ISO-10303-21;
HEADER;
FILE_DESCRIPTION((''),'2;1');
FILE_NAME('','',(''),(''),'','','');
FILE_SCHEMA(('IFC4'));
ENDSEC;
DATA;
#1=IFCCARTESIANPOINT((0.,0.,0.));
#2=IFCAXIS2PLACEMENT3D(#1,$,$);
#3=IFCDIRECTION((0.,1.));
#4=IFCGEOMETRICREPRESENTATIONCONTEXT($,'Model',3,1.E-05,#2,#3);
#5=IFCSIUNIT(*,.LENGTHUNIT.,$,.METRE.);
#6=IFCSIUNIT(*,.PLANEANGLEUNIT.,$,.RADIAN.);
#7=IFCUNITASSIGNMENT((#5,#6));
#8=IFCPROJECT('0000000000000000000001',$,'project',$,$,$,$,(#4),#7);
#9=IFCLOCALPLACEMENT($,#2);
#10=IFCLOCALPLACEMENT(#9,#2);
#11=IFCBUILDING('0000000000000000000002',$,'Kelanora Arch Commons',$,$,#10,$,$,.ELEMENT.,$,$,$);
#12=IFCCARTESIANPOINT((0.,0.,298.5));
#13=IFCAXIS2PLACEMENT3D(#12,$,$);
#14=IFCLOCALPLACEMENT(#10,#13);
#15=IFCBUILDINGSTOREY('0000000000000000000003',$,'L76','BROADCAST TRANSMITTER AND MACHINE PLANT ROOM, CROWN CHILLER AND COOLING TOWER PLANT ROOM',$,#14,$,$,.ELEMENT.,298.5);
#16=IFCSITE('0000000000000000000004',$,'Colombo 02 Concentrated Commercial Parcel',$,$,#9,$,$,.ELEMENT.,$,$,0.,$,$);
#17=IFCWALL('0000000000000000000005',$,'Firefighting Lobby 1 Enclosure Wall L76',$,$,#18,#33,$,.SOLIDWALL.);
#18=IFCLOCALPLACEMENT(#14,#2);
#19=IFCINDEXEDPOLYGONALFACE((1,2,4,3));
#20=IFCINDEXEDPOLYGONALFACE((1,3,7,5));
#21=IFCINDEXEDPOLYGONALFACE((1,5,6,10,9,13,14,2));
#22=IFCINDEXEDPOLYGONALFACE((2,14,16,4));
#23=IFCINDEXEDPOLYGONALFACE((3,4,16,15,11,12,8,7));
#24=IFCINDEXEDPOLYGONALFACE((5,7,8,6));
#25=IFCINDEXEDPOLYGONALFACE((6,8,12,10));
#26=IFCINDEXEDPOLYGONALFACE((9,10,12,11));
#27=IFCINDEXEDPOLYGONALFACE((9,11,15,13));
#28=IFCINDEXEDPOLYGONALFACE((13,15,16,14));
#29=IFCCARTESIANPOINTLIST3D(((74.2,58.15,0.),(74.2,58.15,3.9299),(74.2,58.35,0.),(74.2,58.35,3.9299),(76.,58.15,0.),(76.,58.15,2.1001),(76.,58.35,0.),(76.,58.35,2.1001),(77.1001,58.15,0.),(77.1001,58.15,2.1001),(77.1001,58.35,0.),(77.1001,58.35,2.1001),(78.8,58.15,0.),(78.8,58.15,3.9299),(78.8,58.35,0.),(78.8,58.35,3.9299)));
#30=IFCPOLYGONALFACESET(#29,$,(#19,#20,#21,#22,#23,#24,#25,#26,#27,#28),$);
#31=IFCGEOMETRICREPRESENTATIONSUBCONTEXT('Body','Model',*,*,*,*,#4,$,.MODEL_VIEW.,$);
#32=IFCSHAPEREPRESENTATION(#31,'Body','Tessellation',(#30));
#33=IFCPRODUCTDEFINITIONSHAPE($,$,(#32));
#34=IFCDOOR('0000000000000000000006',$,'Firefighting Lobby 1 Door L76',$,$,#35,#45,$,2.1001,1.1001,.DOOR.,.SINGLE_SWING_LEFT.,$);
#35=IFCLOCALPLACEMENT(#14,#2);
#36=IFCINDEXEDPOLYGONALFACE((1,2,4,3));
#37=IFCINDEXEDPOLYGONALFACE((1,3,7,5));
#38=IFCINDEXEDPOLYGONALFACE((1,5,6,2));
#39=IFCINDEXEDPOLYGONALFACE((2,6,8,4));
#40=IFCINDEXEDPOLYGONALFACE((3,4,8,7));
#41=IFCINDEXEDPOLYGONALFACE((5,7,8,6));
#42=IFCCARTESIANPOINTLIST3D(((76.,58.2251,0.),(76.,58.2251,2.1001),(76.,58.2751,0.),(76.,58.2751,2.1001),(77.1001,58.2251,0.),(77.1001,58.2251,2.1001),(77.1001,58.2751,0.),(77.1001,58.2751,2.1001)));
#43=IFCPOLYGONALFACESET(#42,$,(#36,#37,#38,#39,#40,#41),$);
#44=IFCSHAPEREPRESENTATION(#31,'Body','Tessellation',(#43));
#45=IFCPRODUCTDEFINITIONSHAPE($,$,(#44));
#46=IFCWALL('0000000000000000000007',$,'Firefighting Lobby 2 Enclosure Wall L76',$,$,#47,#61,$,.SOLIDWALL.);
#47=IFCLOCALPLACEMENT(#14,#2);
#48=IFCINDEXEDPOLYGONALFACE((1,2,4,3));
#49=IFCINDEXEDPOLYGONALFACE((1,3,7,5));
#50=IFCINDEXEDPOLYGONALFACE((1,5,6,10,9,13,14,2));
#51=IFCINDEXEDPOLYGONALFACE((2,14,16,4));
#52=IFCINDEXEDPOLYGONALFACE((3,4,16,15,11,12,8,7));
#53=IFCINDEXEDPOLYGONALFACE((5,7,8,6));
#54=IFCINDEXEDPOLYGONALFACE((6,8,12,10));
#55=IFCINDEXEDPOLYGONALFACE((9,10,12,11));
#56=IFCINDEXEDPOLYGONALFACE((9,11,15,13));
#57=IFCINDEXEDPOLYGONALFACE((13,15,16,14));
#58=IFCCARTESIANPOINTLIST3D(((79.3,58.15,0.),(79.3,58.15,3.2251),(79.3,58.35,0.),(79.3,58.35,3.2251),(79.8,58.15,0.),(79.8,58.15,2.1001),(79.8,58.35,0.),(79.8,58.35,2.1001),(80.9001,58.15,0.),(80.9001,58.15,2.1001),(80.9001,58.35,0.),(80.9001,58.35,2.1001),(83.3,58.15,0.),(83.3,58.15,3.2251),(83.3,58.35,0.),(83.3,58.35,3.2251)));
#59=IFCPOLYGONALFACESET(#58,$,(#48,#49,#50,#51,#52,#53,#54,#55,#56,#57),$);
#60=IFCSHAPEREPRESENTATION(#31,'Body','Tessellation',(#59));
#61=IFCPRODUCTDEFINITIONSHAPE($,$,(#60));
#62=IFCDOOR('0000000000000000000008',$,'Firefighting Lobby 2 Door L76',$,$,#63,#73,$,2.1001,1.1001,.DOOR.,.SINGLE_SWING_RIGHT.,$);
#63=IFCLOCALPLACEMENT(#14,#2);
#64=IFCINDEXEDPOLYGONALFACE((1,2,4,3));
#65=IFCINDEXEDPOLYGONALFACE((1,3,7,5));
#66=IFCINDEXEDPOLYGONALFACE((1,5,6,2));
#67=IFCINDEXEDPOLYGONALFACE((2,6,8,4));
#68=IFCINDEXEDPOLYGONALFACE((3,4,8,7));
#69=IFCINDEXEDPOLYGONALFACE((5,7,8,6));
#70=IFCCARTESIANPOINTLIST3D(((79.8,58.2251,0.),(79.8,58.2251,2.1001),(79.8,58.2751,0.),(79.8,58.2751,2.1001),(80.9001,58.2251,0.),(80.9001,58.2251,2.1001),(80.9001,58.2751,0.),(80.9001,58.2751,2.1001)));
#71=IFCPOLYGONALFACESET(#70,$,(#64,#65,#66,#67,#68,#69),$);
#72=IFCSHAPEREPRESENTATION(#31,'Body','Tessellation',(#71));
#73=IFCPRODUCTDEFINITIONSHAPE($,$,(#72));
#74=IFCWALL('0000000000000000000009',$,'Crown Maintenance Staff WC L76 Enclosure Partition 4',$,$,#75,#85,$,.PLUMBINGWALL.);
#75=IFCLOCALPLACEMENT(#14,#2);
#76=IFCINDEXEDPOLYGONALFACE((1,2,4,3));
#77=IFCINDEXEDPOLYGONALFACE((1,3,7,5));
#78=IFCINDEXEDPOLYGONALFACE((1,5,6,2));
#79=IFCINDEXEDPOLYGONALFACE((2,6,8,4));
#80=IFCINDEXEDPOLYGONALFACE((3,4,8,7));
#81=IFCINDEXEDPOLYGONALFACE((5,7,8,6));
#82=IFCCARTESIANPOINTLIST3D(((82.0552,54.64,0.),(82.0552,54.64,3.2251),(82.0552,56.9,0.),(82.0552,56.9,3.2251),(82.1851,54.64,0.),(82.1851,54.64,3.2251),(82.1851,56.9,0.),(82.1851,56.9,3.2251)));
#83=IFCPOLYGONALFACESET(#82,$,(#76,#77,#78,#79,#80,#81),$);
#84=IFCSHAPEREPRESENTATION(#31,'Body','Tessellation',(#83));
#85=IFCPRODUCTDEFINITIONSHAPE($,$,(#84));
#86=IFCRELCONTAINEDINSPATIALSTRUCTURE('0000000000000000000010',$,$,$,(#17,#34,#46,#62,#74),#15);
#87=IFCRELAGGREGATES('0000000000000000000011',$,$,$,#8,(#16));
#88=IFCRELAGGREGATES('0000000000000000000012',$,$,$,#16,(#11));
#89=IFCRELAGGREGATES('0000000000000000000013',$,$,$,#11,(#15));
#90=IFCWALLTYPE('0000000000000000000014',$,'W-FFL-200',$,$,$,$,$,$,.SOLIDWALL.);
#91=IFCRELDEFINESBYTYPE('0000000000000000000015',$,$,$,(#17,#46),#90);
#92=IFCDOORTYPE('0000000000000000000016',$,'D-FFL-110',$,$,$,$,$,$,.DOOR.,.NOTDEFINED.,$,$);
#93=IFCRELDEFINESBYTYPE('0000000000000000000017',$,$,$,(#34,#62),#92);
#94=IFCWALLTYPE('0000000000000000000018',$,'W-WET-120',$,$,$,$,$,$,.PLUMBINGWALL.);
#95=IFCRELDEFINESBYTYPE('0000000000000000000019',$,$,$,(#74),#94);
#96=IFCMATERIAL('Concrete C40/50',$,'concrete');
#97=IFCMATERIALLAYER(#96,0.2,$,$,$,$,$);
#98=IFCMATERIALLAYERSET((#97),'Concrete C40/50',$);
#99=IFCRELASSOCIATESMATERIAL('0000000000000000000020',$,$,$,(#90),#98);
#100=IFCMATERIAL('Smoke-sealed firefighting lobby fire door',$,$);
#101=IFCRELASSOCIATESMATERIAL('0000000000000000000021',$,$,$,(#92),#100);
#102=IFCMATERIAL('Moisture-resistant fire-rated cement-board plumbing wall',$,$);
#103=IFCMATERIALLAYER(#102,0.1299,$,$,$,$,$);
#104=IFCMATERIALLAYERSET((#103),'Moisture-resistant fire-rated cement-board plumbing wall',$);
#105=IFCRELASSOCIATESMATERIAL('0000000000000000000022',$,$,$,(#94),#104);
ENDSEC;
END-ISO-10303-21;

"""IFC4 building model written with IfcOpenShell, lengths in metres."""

from ifc_helpers import new_model, si_unit, direction, frame, frame_2d, origin, place, context, subcontext, project, spatial, rectangle, extrude, material, layer, layer_set, type_object, element, fill, save


model = new_model("IFC4")

# Units and contexts
model_context = context("Model", 3, precision=1e-05, world=origin(), true_north=direction((0.0, 1.0)))
body_context = subcontext(model_context, "Body", "Model", "MODEL_VIEW")
ifc_project = project(units=[si_unit("LENGTHUNIT", "METRE"), si_unit("PLANEANGLEUNIT", "RADIAN")], contexts=[model_context])

# Site, building, storey
site_placement = place(None, origin())
site = spatial("IfcSite", under=ifc_project, at=site_placement, Name="Colombo 02 Concentrated Commercial Parcel", CompositionType="ELEMENT", RefElevation=0.0)
building_placement = place(site_placement, origin())
building = spatial("IfcBuilding", under=site, at=building_placement, Name="Kelanora Arch Commons", CompositionType="ELEMENT")
storey_placement = place(building_placement, frame((0.0, 0.0, 298.5)))
storey = spatial("IfcBuildingStorey", under=building, at=storey_placement, Name="L76", Description="BROADCAST TRANSMITTER AND MACHINE PLANT ROOM, CROWN CHILLER AND COOLING TOWER PLANT ROOM", CompositionType="ELEMENT", Elevation=298.5)

# Walls, openings, doors
ifc_material_1 = material(Name="Concrete C40/50", Category="concrete")
ifc_layer_1 = layer(ifc_material_1, 0.2)
ifc_layer_set_1 = layer_set([ifc_layer_1], Name="Concrete C40/50")
wall_type_1 = type_object("IfcWallType", Name="W-FFL-200", PredefinedType="SOLIDWALL", material=ifc_layer_set_1)
wall_1_placement = place(storey_placement, frame((74.2, 58.25, 0.0), z_axis=(0.0, 0.0, 1.0), x_axis=(1.0, 0.0, 0.0)))
wall_1 = element("IfcWall", 1, at=wall_1_placement, inside=storey, type_object=wall_type_1, Name="Firefighting Lobby 1 Enclosure Wall L76", PredefinedType="SOLIDWALL", context=body_context, shape_type="SweptSolid", body=[
    extrude(rectangle(XDim=4.6001, YDim=0.2, at=frame_2d((2.3, 0.0))), origin(), (0.0, 0.0, 1.0), 3.9299),
])
opening_1_placement = place(wall_1_placement, frame((1.8, 0.0, 0.0)))
opening_1 = element("IfcOpeningElement", 2, at=opening_1_placement, cuts=wall_1, PredefinedType="OPENING", context=body_context, shape_type="SweptSolid", body=[
    extrude(rectangle(XDim=1.1001, YDim=2.1001, at=frame_2d((0.55, 1.05))), frame((0.0, 0.1099, 0.0), z_axis=(0.0, -1.0, 0.0), x_axis=(1.0, 0.0, 0.0)), (0.0, 0.0, 1.0), 0.22),
])
ifc_material_2 = material(Name="Smoke-sealed firefighting lobby fire door")
door_type_1 = type_object("IfcDoorType", Name="D-FFL-110", OperationType="NOTDEFINED", PredefinedType="DOOR", material=ifc_material_2)
door_1_placement = place(opening_1_placement, frame((1.1001, 0.0, 0.0), z_axis=(0.0, 0.0, 1.0), x_axis=(-1.0, 0.0, 0.0)))
door_1 = element("IfcDoor", 3, at=door_1_placement, inside=storey, type_object=door_type_1, Name="Firefighting Lobby 1 Door L76", OperationType="SINGLE_SWING_LEFT", OverallHeight=2.1001, OverallWidth=1.1001, PredefinedType="DOOR", context=body_context, shape_type="SweptSolid", body=[
    extrude(rectangle(XDim=1.1001, YDim=2.1001, at=frame_2d((0.55, 1.05))), frame((0.0, 0.0249, 0.0), z_axis=(0.0, -1.0, 0.0), x_axis=(1.0, 0.0, 0.0)), (0.0, 0.0, 1.0), 0.05),
])
fill(opening_1, door_1)
wall_2_placement = place(storey_placement, frame((79.3, 58.25, 0.0), z_axis=(0.0, 0.0, 1.0), x_axis=(1.0, 0.0, 0.0)))
wall_2 = element("IfcWall", 4, at=wall_2_placement, inside=storey, type_object=wall_type_1, Name="Firefighting Lobby 2 Enclosure Wall L76", PredefinedType="SOLIDWALL", context=body_context, shape_type="SweptSolid", body=[
    extrude(rectangle(XDim=4.0, YDim=0.2, at=frame_2d((2.0, 0.0))), origin(), (0.0, 0.0, 1.0), 3.2251),
])
opening_2_placement = place(wall_2_placement, frame((0.5, 0.0, 0.0)))
opening_2 = element("IfcOpeningElement", 5, at=opening_2_placement, cuts=wall_2, PredefinedType="OPENING", context=body_context, shape_type="SweptSolid", body=[
    extrude(rectangle(XDim=1.1001, YDim=2.1001, at=frame_2d((0.55, 1.05))), frame((0.0, 0.1099, 0.0), z_axis=(0.0, -1.0, 0.0), x_axis=(1.0, 0.0, 0.0)), (0.0, 0.0, 1.0), 0.22),
])
door_2_placement = place(opening_2_placement, frame((1.1001, 0.0, 0.0), z_axis=(0.0, 0.0, 1.0), x_axis=(-1.0, 0.0, 0.0)))
door_2 = element("IfcDoor", 6, at=door_2_placement, inside=storey, type_object=door_type_1, Name="Firefighting Lobby 2 Door L76", OperationType="SINGLE_SWING_RIGHT", OverallHeight=2.1001, OverallWidth=1.1001, PredefinedType="DOOR", context=body_context, shape_type="SweptSolid", body=[
    extrude(rectangle(XDim=1.1001, YDim=2.1001, at=frame_2d((0.55, 1.05))), frame((0.0, 0.0249, 0.0), z_axis=(0.0, -1.0, 0.0), x_axis=(1.0, 0.0, 0.0)), (0.0, 0.0, 1.0), 0.05),
])
fill(opening_2, door_2)

# Wall
ifc_material_3 = material(Name="Moisture-resistant fire-rated cement-board plumbing wall")
ifc_layer_2 = layer(ifc_material_3, 0.1299)
ifc_layer_set_2 = layer_set([ifc_layer_2], Name="Moisture-resistant fire-rated cement-board plumbing wall")
wall_type_2 = type_object("IfcWallType", Name="W-WET-120", PredefinedType="PLUMBINGWALL", material=ifc_layer_set_2)
wall_3_placement = place(storey_placement, frame((82.1201, 56.8999, 0.0), z_axis=(0.0, 0.0, 1.0), x_axis=(0.0, -1.0, 0.0)))
element("IfcWall", 7, at=wall_3_placement, inside=storey, type_object=wall_type_2, Name="Crown Maintenance Staff WC L76 Enclosure Partition 4", PredefinedType="PLUMBINGWALL", context=body_context, shape_type="SweptSolid", body=[
    extrude(rectangle(XDim=2.26, YDim=0.1299, at=frame_2d((1.1299, 0.0))), origin(), (0.0, 0.0, 1.0), 3.2251),
])

save(model, "model.ifc")
